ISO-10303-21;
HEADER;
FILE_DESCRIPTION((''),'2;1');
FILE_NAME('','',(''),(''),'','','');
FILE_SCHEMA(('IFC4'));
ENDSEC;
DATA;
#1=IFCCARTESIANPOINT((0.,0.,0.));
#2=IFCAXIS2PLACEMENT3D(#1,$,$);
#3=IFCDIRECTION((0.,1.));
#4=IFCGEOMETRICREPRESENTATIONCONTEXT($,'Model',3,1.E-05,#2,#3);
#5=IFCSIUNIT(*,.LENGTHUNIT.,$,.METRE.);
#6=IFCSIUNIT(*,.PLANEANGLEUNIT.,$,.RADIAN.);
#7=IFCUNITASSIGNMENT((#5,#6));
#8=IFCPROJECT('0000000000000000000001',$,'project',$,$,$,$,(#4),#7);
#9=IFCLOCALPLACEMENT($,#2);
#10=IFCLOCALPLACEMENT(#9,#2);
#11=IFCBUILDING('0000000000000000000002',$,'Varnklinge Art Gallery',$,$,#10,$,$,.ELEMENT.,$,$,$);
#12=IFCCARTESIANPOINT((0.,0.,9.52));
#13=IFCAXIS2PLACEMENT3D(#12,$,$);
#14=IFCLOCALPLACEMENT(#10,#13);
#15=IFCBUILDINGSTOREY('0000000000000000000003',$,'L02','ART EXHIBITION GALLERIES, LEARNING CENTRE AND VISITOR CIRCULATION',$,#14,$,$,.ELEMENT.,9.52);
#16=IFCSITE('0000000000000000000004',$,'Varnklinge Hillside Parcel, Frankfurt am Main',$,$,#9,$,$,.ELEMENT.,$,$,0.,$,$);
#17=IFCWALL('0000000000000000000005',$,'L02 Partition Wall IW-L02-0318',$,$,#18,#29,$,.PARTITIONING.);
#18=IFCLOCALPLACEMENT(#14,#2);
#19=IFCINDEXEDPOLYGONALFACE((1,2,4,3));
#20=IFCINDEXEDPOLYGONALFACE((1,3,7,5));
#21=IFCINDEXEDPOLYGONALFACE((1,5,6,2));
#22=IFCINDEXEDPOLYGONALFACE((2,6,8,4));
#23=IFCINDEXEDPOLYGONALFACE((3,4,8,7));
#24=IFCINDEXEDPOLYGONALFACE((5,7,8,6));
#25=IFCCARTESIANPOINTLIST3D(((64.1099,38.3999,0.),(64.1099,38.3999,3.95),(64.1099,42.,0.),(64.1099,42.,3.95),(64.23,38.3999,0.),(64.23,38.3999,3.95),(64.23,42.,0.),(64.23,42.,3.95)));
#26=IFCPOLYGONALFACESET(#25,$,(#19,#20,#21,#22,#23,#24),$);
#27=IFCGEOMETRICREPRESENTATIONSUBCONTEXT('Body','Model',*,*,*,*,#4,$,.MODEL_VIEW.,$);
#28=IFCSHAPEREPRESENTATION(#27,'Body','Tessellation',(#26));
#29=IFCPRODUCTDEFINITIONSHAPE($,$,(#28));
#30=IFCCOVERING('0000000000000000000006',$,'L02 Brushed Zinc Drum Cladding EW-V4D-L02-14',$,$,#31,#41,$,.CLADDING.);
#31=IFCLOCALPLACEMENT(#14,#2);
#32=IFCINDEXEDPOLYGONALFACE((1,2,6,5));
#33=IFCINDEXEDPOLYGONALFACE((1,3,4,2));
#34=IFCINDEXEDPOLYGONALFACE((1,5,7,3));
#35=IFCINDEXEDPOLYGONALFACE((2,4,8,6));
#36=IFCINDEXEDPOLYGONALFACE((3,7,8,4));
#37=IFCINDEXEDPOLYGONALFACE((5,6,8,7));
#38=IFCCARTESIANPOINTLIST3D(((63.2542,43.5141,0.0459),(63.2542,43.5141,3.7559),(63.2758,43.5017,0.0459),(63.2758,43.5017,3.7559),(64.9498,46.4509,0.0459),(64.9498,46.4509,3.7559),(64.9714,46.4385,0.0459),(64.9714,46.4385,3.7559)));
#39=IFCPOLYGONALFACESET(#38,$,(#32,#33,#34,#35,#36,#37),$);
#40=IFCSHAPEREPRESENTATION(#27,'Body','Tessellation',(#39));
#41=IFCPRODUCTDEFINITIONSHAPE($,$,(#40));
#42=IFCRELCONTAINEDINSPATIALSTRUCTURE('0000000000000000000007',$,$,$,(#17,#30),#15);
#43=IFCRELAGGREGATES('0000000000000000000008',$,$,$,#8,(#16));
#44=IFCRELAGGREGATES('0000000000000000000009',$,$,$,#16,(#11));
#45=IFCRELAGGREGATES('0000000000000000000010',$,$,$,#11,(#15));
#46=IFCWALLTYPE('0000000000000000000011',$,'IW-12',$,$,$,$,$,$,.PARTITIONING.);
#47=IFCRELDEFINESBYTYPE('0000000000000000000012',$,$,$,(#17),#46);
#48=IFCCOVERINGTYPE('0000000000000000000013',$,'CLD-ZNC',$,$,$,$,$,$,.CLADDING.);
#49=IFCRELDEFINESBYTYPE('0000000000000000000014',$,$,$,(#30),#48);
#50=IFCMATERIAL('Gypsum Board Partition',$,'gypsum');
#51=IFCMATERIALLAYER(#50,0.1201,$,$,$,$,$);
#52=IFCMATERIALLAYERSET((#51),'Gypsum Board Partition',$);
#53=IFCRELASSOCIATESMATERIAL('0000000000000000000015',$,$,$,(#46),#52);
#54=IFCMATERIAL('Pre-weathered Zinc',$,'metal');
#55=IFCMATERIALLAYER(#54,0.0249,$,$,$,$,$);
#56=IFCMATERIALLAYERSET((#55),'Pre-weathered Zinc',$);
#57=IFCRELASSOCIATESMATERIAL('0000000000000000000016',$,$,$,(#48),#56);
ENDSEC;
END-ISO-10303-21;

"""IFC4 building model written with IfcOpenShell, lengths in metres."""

from ifc_helpers import new_model, si_unit, direction, frame, frame_2d, origin, origin_2d, place, context, subcontext, project, spatial, rectangle, extrude, material, layer, layer_set, type_object, element, save


model = new_model("IFC4")

# Units and contexts
model_context = context("Model", 3, precision=1e-05, world=origin(), true_north=direction((0.0, 1.0)))
body_context = subcontext(model_context, "Body", "Model", "MODEL_VIEW")
ifc_project = project(units=[si_unit("LENGTHUNIT", "METRE"), si_unit("PLANEANGLEUNIT", "RADIAN")], contexts=[model_context])

# Site, building, storey
site_placement = place(None, origin())
site = spatial("IfcSite", under=ifc_project, at=site_placement, Name="Varnklinge Hillside Parcel, Frankfurt am Main", CompositionType="ELEMENT", RefElevation=0.0)
building_placement = place(site_placement, origin())
building = spatial("IfcBuilding", under=site, at=building_placement, Name="Varnklinge Art Gallery", CompositionType="ELEMENT")
storey_placement = place(building_placement, frame((0.0, 0.0, 9.52)))
storey = spatial("IfcBuildingStorey", under=building, at=storey_placement, Name="L02", Description="ART EXHIBITION GALLERIES, LEARNING CENTRE AND VISITOR CIRCULATION", CompositionType="ELEMENT", Elevation=9.52)

# Shared definitions
ifc_material_1 = material(Name="Gypsum Board Partition", Category="gypsum")
ifc_layer_1 = layer(ifc_material_1, 0.1201)
ifc_layer_set_1 = layer_set([ifc_layer_1], Name="Gypsum Board Partition")
wall_type_1 = type_object("IfcWallType", Name="IW-12", PredefinedType="PARTITIONING", material=ifc_layer_set_1)

# Wall
wall_1_placement = place(storey_placement, frame((64.1699, 38.3999, 0.0), z_axis=(0.0, 0.0, 1.0), x_axis=(0.0, 1.0, 0.0)))
element("IfcWall", 1, at=wall_1_placement, inside=storey, type_object=wall_type_1, Name="L02 Partition Wall IW-L02-0318", PredefinedType="PARTITIONING", context=body_context, shape_type="SweptSolid", body=[
    extrude(rectangle(XDim=3.6001, YDim=0.1201, at=frame_2d((1.8, 0.0))), origin(), (0.0, 0.0, 1.0), 3.95),
])

# Covering
ifc_material_2 = material(Name="Pre-weathered Zinc", Category="metal")
ifc_layer_2 = layer(ifc_material_2, 0.0249)
ifc_layer_set_2 = layer_set([ifc_layer_2], Name="Pre-weathered Zinc")
covering_type = type_object("IfcCoveringType", Name="CLD-ZNC", PredefinedType="CLADDING", material=ifc_layer_set_2)
covering_placement = place(storey_placement, frame((64.1128, 44.9763, 0.0459), z_axis=(0.0, 0.0, 1.0), x_axis=(0.5, 0.866025, 0.0)))
element("IfcCovering", 2, at=covering_placement, inside=storey, type_object=covering_type, Name="L02 Brushed Zinc Drum Cladding EW-V4D-L02-14", PredefinedType="CLADDING", context=body_context, shape_type="SweptSolid", body=[
    extrude(rectangle(XDim=3.3911, YDim=0.0249, at=origin_2d()), origin(), (0.0, 0.0, 1.0), 3.71),
])

save(model, "model.ifc")
